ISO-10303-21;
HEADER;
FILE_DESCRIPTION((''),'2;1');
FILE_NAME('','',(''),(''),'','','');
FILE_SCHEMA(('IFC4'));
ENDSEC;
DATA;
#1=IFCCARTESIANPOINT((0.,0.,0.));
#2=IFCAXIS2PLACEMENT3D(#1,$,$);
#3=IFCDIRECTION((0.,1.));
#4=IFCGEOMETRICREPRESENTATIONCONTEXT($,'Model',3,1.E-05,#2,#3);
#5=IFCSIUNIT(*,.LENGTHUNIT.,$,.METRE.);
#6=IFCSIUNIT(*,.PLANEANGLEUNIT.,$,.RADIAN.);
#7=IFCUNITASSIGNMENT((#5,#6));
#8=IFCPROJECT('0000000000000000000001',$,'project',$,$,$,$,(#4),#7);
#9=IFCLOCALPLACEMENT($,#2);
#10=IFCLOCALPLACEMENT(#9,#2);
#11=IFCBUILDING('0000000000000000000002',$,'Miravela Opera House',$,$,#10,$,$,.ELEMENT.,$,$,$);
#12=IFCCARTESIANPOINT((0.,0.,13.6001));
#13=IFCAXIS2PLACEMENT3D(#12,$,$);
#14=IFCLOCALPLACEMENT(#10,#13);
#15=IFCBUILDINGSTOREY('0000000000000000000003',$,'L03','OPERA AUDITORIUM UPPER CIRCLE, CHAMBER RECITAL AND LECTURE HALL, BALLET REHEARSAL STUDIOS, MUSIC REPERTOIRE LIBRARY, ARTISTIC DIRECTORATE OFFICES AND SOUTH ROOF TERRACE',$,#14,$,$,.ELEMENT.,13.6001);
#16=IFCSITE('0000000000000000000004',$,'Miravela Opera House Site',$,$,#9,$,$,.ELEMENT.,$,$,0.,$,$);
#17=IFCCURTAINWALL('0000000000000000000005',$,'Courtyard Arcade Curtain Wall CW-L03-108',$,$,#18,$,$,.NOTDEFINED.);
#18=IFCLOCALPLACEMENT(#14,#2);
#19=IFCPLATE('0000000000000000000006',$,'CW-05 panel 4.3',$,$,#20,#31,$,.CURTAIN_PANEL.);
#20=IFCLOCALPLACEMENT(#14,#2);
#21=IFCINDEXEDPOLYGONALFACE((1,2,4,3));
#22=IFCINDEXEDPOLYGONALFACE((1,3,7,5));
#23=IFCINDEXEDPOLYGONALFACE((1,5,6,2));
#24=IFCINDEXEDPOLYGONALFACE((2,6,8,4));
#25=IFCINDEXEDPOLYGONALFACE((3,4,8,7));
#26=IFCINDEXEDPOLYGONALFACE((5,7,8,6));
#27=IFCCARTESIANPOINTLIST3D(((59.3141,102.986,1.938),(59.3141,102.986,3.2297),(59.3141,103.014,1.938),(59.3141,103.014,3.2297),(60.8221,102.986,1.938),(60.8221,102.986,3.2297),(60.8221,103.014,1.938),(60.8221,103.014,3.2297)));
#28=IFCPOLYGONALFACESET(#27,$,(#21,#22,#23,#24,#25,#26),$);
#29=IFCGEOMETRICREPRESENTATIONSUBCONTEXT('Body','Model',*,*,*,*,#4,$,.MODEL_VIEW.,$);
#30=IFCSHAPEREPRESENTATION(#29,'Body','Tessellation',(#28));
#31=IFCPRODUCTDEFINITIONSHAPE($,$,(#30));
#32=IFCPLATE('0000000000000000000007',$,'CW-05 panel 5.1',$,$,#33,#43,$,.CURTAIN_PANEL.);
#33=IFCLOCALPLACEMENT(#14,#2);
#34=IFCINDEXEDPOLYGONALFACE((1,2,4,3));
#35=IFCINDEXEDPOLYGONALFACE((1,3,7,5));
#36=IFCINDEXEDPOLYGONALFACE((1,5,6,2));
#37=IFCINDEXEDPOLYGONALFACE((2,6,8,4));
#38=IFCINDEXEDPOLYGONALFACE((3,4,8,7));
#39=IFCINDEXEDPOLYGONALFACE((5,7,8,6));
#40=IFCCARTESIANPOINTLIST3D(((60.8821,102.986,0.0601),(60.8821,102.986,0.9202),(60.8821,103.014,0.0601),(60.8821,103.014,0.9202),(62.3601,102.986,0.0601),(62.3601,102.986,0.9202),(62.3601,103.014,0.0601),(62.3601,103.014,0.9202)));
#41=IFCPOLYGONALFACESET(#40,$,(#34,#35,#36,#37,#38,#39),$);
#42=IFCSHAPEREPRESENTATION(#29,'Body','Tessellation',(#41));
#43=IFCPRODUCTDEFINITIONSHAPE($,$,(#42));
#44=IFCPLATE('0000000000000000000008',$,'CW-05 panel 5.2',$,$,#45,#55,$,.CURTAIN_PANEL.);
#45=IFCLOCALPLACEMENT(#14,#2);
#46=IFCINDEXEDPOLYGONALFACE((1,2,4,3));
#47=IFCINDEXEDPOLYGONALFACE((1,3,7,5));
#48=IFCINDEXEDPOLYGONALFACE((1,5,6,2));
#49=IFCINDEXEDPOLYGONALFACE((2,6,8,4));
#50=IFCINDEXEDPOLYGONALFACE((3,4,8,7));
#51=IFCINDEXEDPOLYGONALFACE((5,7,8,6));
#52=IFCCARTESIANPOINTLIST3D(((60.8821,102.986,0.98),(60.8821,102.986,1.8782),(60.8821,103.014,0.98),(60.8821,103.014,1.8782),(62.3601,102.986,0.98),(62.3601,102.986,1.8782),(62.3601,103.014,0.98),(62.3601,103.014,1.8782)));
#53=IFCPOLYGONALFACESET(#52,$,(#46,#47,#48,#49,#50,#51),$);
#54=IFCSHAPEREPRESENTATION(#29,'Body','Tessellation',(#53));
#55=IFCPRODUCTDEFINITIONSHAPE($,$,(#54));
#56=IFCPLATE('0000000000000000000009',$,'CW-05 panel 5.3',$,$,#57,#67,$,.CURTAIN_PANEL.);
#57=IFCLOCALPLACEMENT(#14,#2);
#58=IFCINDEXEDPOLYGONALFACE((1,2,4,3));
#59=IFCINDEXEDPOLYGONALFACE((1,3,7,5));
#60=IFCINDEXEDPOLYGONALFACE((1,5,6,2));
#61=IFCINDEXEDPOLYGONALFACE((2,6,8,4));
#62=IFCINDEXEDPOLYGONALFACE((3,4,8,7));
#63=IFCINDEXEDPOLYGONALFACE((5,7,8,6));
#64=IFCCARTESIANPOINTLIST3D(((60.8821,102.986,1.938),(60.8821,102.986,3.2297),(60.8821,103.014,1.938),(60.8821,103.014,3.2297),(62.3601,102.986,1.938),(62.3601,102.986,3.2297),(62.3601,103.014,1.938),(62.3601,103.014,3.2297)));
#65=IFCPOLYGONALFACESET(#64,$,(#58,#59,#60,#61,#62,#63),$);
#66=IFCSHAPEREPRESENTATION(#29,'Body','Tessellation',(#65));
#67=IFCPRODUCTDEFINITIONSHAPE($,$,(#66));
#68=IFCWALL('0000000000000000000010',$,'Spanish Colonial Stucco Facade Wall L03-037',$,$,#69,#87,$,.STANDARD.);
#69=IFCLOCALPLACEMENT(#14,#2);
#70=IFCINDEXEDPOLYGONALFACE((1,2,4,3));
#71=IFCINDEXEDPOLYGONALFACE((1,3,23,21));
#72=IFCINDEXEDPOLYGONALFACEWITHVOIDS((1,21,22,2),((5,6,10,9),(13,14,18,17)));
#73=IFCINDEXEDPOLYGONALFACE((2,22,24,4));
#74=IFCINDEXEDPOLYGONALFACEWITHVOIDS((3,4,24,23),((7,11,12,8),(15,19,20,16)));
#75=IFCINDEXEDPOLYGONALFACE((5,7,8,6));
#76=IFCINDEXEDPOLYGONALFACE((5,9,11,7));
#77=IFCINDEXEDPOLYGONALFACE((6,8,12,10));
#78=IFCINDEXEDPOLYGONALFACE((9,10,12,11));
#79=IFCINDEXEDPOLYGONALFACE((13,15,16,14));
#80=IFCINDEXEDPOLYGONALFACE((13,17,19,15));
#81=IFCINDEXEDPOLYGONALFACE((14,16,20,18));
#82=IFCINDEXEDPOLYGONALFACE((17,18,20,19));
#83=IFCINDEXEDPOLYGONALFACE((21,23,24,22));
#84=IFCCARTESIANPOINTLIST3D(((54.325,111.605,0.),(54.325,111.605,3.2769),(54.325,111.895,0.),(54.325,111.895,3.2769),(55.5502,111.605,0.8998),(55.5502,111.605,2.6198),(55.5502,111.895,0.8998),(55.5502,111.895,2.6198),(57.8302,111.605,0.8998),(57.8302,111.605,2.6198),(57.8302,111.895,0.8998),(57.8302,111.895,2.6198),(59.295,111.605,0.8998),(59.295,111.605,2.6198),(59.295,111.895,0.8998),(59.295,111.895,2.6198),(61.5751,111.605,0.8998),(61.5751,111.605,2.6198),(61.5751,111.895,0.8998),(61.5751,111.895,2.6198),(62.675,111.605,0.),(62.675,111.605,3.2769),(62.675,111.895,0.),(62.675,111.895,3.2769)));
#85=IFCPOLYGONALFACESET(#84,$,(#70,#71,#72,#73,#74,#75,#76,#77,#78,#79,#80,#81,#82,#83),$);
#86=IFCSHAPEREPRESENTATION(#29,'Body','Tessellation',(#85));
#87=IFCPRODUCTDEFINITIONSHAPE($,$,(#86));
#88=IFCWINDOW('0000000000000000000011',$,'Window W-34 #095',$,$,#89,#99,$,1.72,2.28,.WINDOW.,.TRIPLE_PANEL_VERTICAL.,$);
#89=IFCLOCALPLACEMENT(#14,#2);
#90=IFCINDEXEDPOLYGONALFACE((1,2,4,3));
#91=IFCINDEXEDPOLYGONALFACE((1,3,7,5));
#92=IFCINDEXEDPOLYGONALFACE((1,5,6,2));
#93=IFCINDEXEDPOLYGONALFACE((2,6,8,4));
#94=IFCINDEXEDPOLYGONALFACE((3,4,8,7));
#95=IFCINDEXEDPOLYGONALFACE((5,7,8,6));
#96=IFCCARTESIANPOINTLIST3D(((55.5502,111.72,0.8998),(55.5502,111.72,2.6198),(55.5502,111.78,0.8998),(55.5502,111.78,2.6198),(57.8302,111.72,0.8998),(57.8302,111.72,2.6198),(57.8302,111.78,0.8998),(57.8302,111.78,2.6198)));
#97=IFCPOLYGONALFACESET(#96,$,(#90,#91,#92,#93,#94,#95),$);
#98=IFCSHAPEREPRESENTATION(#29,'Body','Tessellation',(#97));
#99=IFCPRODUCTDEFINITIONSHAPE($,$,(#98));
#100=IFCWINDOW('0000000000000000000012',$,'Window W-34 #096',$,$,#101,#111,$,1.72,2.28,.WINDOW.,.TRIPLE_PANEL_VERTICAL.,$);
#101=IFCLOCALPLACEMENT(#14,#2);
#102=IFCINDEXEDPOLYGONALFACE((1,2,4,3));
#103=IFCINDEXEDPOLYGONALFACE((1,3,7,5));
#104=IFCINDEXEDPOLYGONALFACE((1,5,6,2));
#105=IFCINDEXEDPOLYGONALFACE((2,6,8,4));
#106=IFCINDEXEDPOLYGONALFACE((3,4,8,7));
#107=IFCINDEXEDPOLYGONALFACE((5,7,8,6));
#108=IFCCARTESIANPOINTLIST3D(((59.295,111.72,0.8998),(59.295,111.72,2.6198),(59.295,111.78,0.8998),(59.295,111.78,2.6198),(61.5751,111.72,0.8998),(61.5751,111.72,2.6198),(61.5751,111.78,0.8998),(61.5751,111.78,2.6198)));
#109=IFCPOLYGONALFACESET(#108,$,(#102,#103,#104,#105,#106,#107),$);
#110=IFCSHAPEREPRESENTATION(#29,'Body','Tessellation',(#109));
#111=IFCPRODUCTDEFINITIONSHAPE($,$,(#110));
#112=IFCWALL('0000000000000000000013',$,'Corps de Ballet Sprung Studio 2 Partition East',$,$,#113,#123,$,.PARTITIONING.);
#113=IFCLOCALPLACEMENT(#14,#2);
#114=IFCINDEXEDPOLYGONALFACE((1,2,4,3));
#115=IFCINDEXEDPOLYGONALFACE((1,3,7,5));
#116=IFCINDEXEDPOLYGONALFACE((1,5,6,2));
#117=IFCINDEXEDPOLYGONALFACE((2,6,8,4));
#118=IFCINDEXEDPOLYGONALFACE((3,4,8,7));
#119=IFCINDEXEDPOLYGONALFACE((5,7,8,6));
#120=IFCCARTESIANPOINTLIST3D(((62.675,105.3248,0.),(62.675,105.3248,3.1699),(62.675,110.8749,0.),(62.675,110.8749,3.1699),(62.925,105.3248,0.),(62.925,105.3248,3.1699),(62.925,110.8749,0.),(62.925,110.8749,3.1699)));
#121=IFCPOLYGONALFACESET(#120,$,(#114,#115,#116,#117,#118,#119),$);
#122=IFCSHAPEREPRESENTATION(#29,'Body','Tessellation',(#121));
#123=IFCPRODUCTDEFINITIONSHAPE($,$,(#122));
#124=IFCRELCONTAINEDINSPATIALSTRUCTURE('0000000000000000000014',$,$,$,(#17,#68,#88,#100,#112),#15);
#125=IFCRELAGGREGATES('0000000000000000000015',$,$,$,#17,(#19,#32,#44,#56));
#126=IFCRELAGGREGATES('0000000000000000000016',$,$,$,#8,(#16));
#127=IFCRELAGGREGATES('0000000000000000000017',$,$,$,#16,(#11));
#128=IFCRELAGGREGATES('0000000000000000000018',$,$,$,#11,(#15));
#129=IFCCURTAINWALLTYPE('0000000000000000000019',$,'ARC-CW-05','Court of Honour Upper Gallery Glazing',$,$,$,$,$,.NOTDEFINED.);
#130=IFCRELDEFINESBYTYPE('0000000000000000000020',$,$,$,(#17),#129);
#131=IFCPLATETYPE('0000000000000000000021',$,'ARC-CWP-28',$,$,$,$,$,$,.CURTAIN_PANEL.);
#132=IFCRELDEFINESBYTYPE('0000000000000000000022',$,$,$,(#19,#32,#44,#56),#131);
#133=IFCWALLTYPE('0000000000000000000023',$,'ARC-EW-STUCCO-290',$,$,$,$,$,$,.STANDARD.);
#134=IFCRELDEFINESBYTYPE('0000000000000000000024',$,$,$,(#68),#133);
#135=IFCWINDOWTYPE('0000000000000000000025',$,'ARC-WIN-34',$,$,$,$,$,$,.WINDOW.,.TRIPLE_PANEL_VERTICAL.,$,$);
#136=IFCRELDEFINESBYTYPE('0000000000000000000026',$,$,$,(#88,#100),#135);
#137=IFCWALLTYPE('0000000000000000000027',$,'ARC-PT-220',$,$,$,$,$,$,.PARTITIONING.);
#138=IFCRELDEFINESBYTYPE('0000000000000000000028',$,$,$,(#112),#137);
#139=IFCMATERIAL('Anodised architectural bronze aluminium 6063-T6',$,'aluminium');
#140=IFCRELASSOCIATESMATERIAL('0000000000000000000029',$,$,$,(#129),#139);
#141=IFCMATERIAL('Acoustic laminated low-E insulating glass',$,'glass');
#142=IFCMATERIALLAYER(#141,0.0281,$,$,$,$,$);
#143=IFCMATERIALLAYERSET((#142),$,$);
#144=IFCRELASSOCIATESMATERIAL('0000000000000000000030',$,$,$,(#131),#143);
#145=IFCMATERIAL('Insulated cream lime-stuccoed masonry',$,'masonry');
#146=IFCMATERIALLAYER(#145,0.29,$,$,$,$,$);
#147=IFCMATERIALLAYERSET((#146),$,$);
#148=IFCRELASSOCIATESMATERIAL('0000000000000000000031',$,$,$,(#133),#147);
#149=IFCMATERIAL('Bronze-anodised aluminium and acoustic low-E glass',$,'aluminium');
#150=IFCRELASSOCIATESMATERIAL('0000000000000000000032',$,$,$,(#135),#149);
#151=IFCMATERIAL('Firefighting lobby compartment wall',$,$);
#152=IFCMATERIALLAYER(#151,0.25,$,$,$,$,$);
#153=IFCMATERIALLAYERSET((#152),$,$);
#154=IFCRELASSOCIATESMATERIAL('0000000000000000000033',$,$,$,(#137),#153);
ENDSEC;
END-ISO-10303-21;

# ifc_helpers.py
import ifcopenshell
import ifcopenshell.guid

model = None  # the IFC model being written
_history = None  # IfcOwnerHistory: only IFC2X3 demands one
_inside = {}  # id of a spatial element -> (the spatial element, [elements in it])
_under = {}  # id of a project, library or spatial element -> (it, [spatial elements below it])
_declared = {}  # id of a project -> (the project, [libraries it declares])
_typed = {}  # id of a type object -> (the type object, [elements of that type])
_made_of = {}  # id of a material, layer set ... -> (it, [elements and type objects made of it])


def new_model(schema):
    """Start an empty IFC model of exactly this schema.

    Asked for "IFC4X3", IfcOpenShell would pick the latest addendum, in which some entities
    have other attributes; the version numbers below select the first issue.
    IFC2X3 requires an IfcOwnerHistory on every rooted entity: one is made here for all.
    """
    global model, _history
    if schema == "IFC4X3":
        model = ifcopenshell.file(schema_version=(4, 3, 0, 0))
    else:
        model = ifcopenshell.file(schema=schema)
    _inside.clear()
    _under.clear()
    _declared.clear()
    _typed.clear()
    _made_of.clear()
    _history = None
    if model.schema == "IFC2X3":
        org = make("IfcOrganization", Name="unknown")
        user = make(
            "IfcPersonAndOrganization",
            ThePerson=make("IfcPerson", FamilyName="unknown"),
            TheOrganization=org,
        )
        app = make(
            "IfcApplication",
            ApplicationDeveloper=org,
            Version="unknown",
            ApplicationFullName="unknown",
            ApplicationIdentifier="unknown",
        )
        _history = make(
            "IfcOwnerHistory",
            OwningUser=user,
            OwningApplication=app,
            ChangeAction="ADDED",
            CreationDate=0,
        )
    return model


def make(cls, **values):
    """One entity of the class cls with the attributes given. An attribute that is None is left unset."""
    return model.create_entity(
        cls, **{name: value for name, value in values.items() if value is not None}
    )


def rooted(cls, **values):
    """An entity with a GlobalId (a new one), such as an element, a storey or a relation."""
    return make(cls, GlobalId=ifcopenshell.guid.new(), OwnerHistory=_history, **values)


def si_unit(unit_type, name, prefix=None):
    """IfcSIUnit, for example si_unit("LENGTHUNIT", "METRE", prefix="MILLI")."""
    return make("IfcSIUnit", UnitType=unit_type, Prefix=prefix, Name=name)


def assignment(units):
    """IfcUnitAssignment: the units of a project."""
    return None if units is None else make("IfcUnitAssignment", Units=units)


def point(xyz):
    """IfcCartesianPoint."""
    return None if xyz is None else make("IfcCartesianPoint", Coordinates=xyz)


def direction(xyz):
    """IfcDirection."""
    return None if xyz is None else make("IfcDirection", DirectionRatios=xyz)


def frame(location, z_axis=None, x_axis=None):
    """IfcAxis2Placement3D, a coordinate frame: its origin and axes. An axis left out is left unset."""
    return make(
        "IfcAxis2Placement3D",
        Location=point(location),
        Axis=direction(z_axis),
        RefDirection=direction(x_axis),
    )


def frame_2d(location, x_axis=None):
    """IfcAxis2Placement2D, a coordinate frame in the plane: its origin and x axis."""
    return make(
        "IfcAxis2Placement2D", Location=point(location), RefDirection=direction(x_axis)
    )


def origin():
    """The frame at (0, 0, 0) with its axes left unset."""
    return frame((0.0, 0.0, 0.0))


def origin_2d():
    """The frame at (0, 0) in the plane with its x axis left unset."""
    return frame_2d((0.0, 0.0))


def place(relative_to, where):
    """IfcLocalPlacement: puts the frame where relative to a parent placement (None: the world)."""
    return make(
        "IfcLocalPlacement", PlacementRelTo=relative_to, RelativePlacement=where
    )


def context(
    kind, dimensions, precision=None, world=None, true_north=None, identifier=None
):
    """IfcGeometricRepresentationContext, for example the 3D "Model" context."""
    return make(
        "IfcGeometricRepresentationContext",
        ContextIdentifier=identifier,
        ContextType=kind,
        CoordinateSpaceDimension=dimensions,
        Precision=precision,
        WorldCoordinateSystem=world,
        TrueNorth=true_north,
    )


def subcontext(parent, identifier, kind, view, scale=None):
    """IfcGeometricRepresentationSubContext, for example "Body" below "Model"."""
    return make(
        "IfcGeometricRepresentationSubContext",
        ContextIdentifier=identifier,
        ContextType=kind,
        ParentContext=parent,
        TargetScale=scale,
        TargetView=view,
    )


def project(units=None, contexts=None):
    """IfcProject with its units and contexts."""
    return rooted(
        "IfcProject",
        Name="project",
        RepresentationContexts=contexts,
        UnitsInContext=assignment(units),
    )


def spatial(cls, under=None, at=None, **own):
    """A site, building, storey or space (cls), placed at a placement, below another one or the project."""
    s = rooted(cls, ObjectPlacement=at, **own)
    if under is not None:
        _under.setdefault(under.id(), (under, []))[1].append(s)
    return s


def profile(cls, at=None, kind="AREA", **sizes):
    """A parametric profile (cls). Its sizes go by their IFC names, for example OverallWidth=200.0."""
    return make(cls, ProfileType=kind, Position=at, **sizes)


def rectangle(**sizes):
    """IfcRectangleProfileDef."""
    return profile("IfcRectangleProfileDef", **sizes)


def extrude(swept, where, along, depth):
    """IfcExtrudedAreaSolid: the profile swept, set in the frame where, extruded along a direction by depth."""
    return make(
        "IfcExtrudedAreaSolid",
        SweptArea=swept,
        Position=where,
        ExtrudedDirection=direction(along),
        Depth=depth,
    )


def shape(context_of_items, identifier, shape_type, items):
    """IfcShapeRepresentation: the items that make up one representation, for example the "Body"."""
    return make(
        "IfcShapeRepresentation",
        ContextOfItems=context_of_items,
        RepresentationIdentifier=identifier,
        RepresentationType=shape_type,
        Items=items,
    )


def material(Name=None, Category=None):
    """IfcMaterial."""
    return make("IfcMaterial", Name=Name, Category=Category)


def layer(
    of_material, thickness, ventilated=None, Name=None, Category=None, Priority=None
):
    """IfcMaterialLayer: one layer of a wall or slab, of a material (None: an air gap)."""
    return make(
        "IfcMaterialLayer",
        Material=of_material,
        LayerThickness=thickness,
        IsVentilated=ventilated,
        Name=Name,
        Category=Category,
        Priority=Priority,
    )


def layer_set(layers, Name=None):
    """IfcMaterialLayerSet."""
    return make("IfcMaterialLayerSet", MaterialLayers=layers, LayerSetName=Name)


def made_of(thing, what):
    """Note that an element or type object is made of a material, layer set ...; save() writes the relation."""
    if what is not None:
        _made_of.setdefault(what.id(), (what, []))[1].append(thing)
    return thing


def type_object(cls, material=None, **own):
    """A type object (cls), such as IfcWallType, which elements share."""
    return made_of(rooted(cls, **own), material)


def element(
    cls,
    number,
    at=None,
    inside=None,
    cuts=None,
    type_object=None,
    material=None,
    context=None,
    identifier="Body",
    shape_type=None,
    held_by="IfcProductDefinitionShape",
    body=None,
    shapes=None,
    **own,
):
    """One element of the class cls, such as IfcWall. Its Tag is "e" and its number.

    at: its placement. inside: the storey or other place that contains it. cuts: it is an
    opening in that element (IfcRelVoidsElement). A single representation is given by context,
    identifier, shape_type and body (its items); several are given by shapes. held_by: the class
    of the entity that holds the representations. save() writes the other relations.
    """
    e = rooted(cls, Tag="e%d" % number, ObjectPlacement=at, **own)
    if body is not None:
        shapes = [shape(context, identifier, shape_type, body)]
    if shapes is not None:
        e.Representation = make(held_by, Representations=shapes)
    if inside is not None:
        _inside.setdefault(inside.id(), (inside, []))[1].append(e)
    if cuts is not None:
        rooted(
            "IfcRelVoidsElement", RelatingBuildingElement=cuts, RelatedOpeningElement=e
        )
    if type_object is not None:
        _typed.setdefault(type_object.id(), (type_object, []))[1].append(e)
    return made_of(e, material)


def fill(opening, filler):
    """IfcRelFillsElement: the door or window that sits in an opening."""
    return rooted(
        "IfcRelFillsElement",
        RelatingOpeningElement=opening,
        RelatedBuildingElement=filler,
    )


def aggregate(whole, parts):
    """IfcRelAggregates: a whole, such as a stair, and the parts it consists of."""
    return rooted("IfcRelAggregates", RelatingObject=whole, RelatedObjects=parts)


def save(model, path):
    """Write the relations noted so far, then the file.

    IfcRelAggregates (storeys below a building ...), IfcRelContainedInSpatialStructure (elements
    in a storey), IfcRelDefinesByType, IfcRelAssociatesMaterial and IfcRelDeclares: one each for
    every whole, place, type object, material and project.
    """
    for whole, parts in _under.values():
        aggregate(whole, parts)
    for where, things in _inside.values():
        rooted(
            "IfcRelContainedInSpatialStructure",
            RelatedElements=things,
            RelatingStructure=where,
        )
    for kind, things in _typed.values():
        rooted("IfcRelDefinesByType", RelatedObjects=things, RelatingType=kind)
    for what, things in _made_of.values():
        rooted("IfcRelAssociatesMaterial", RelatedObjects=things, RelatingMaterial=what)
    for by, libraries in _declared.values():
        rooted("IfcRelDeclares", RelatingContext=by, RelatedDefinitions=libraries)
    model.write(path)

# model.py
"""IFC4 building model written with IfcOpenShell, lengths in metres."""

from ifc_helpers import new_model, si_unit, direction, frame, frame_2d, origin, origin_2d, place, context, subcontext, project, spatial, rectangle, extrude, material, layer, layer_set, type_object, element, fill, aggregate, save


model = new_model("IFC4")

# Units and contexts
model_context = context("Model", 3, precision=1e-05, world=origin(), true_north=direction((0.0, 1.0)))
body_context = subcontext(model_context, "Body", "Model", "MODEL_VIEW")
ifc_project = project(units=[si_unit("LENGTHUNIT", "METRE"), si_unit("PLANEANGLEUNIT", "RADIAN")], contexts=[model_context])

# Site, building, storey
site_placement = place(None, origin())
site = spatial("IfcSite", under=ifc_project, at=site_placement, Name="Miravela Opera House Site", CompositionType="ELEMENT", RefElevation=0.0)
building_placement = place(site_placement, origin())
building = spatial("IfcBuilding", under=site, at=building_placement, Name="Miravela Opera House", CompositionType="ELEMENT")
storey_placement = place(building_placement, frame((0.0, 0.0, 13.6001)))
storey = spatial("IfcBuildingStorey", under=building, at=storey_placement, Name="L03", Description="OPERA AUDITORIUM UPPER CIRCLE, CHAMBER RECITAL AND LECTURE HALL, BALLET REHEARSAL STUDIOS, MUSIC REPERTOIRE LIBRARY, ARTISTIC DIRECTORATE OFFICES AND SOUTH ROOF TERRACE", CompositionType="ELEMENT", Elevation=13.6001)

# Curtain wall
ifc_material_1 = material(Name="Anodised architectural bronze aluminium 6063-T6", Category="aluminium")
curtain_wall_type = type_object("IfcCurtainWallType", Name="ARC-CW-05", Description="Court of Honour Upper Gallery Glazing", PredefinedType="NOTDEFINED", material=ifc_material_1)
curtain_wall_placement = place(storey_placement, origin())
curtain_wall = element("IfcCurtainWall", 1, at=curtain_wall_placement, inside=storey, type_object=curtain_wall_type, Name="Courtyard Arcade Curtain Wall CW-L03-108", PredefinedType="NOTDEFINED")

# Plates
ifc_material_2 = material(Name="Acoustic laminated low-E insulating glass", Category="glass")
ifc_layer_1 = layer(ifc_material_2, 0.0281)
ifc_layer_set_1 = layer_set([ifc_layer_1])
plate_type = type_object("IfcPlateType", Name="ARC-CWP-28", PredefinedType="CURTAIN_PANEL", material=ifc_layer_set_1)
plate_1_placement = place(storey_placement, frame((60.0681, 103.0, 1.938), z_axis=(0.0, 0.0, 1.0), x_axis=(1.0, 0.0, 0.0)))
plate_1 = element("IfcPlate", 2, at=plate_1_placement, type_object=plate_type, Name="CW-05 panel 4.3", PredefinedType="CURTAIN_PANEL", context=body_context, shape_type="SweptSolid", body=[
    extrude(rectangle(XDim=1.5081, YDim=0.0281, at=origin_2d()), origin(), (0.0, 0.0, 1.0), 1.2917),
])
plate_2_placement = place(storey_placement, frame((61.6211, 103.0, 0.0601), z_axis=(0.0, 0.0, 1.0), x_axis=(1.0, 0.0, 0.0)))
plate_2 = element("IfcPlate", 3, at=plate_2_placement, type_object=plate_type, Name="CW-05 panel 5.1", PredefinedType="CURTAIN_PANEL", context=body_context, shape_type="SweptSolid", body=[
    extrude(rectangle(XDim=1.478, YDim=0.0281, at=origin_2d()), origin(), (0.0, 0.0, 1.0), 0.8601),
])
plate_3_placement = place(storey_placement, frame((61.6211, 103.0, 0.98), z_axis=(0.0, 0.0, 1.0), x_axis=(1.0, 0.0, 0.0)))
plate_3 = element("IfcPlate", 4, at=plate_3_placement, type_object=plate_type, Name="CW-05 panel 5.2", PredefinedType="CURTAIN_PANEL", context=body_context, shape_type="SweptSolid", body=[
    extrude(rectangle(XDim=1.478, YDim=0.0281, at=origin_2d()), origin(), (0.0, 0.0, 1.0), 0.8982),
])
plate_4_placement = place(storey_placement, frame((61.6211, 103.0, 1.938), z_axis=(0.0, 0.0, 1.0), x_axis=(1.0, 0.0, 0.0)))
plate_4 = element("IfcPlate", 5, at=plate_4_placement, type_object=plate_type, Name="CW-05 panel 5.3", PredefinedType="CURTAIN_PANEL", context=body_context, shape_type="SweptSolid", body=[
    extrude(rectangle(XDim=1.478, YDim=0.0281, at=origin_2d()), origin(), (0.0, 0.0, 1.0), 1.2917),
])
aggregate(curtain_wall, [plate_1, plate_2, plate_3, plate_4])

# Wall, openings, windows
ifc_material_3 = material(Name="Insulated cream lime-stuccoed masonry", Category="masonry")
ifc_layer_2 = layer(ifc_material_3, 0.29)
ifc_layer_set_2 = layer_set([ifc_layer_2])
wall_type_1 = type_object("IfcWallType", Name="ARC-EW-STUCCO-290", PredefinedType="STANDARD", material=ifc_layer_set_2)
wall_1_placement = place(storey_placement, frame((54.325, 111.75, 0.0), z_axis=(0.0, 0.0, 1.0), x_axis=(1.0, 0.0, 0.0)))
wall_1 = element("IfcWall", 6, at=wall_1_placement, inside=storey, type_object=wall_type_1, Name="Spanish Colonial Stucco Facade Wall L03-037", PredefinedType="STANDARD", context=body_context, shape_type="SweptSolid", body=[
    extrude(rectangle(XDim=8.3501, YDim=0.29, at=frame_2d((4.175, 0.0))), origin(), (0.0, 0.0, 1.0), 3.2769),
])
opening_1_placement = place(wall_1_placement, frame((1.2251, 0.0, 0.8999)))
opening_1 = element("IfcOpeningElement", 7, at=opening_1_placement, cuts=wall_1, PredefinedType="OPENING", context=body_context, shape_type="SweptSolid", body=[
    extrude(rectangle(XDim=2.28, YDim=1.72, at=frame_2d((1.1401, 0.8599))), frame((0.0, 0.155, 0.0), z_axis=(0.0, -1.0, 0.0), x_axis=(1.0, 0.0, 0.0)), (0.0, 0.0, 1.0), 0.3101),
])
opening_2_placement = place(wall_1_placement, frame((4.97, 0.0, 0.8999)))
opening_2 = element("IfcOpeningElement", 8, at=opening_2_placement, cuts=wall_1, PredefinedType="OPENING", context=body_context, shape_type="SweptSolid", body=[
    extrude(rectangle(XDim=2.28, YDim=1.72, at=frame_2d((1.1401, 0.8599))), frame((0.0, 0.155, 0.0), z_axis=(0.0, -1.0, 0.0), x_axis=(1.0, 0.0, 0.0)), (0.0, 0.0, 1.0), 0.3101),
])
ifc_material_4 = material(Name="Bronze-anodised aluminium and acoustic low-E glass", Category="aluminium")
window_type = type_object("IfcWindowType", Name="ARC-WIN-34", PartitioningType="TRIPLE_PANEL_VERTICAL", PredefinedType="WINDOW", material=ifc_material_4)
window_1_placement = place(opening_1_placement, origin())
window_1 = element("IfcWindow", 9, at=window_1_placement, inside=storey, type_object=window_type, Name="Window W-34 #095", OverallHeight=1.72, OverallWidth=2.28, PartitioningType="TRIPLE_PANEL_VERTICAL", PredefinedType="WINDOW", context=body_context, shape_type="SweptSolid", body=[
    extrude(rectangle(XDim=2.28, YDim=1.72, at=frame_2d((1.1401, 0.8599))), frame((0.0, 0.03, 0.0), z_axis=(0.0, -1.0, 0.0), x_axis=(1.0, 0.0, 0.0)), (0.0, 0.0, 1.0), 0.0601),
])
fill(opening_1, window_1)
window_2_placement = place(opening_2_placement, origin())
window_2 = element("IfcWindow", 10, at=window_2_placement, inside=storey, type_object=window_type, Name="Window W-34 #096", OverallHeight=1.72, OverallWidth=2.28, PartitioningType="TRIPLE_PANEL_VERTICAL", PredefinedType="WINDOW", context=body_context, shape_type="SweptSolid", body=[
    extrude(rectangle(XDim=2.28, YDim=1.72, at=frame_2d((1.1401, 0.8599))), frame((0.0, 0.03, 0.0), z_axis=(0.0, -1.0, 0.0), x_axis=(1.0, 0.0, 0.0)), (0.0, 0.0, 1.0), 0.0601),
])
fill(opening_2, window_2)

# Wall
ifc_material_5 = material(Name="Firefighting lobby compartment wall")
ifc_layer_3 = layer(ifc_material_5, 0.25)
ifc_layer_set_3 = layer_set([ifc_layer_3])
wall_type_2 = type_object("IfcWallType", Name="ARC-PT-220", PredefinedType="PARTITIONING", material=ifc_layer_set_3)
wall_2_placement = place(storey_placement, frame((62.8, 105.325, 0.0), z_axis=(0.0, 0.0, 1.0), x_axis=(0.0, 1.0, 0.0)))
element("IfcWall", 11, at=wall_2_placement, inside=storey, type_object=wall_type_2, Name="Corps de Ballet Sprung Studio 2 Partition East", PredefinedType="PARTITIONING", context=body_context, shape_type="SweptSolid", body=[
    extrude(rectangle(XDim=5.55, YDim=0.25, at=frame_2d((2.7749, 0.0))), origin(), (0.0, 0.0, 1.0), 3.1699),
])

save(model, "model.ifc")
